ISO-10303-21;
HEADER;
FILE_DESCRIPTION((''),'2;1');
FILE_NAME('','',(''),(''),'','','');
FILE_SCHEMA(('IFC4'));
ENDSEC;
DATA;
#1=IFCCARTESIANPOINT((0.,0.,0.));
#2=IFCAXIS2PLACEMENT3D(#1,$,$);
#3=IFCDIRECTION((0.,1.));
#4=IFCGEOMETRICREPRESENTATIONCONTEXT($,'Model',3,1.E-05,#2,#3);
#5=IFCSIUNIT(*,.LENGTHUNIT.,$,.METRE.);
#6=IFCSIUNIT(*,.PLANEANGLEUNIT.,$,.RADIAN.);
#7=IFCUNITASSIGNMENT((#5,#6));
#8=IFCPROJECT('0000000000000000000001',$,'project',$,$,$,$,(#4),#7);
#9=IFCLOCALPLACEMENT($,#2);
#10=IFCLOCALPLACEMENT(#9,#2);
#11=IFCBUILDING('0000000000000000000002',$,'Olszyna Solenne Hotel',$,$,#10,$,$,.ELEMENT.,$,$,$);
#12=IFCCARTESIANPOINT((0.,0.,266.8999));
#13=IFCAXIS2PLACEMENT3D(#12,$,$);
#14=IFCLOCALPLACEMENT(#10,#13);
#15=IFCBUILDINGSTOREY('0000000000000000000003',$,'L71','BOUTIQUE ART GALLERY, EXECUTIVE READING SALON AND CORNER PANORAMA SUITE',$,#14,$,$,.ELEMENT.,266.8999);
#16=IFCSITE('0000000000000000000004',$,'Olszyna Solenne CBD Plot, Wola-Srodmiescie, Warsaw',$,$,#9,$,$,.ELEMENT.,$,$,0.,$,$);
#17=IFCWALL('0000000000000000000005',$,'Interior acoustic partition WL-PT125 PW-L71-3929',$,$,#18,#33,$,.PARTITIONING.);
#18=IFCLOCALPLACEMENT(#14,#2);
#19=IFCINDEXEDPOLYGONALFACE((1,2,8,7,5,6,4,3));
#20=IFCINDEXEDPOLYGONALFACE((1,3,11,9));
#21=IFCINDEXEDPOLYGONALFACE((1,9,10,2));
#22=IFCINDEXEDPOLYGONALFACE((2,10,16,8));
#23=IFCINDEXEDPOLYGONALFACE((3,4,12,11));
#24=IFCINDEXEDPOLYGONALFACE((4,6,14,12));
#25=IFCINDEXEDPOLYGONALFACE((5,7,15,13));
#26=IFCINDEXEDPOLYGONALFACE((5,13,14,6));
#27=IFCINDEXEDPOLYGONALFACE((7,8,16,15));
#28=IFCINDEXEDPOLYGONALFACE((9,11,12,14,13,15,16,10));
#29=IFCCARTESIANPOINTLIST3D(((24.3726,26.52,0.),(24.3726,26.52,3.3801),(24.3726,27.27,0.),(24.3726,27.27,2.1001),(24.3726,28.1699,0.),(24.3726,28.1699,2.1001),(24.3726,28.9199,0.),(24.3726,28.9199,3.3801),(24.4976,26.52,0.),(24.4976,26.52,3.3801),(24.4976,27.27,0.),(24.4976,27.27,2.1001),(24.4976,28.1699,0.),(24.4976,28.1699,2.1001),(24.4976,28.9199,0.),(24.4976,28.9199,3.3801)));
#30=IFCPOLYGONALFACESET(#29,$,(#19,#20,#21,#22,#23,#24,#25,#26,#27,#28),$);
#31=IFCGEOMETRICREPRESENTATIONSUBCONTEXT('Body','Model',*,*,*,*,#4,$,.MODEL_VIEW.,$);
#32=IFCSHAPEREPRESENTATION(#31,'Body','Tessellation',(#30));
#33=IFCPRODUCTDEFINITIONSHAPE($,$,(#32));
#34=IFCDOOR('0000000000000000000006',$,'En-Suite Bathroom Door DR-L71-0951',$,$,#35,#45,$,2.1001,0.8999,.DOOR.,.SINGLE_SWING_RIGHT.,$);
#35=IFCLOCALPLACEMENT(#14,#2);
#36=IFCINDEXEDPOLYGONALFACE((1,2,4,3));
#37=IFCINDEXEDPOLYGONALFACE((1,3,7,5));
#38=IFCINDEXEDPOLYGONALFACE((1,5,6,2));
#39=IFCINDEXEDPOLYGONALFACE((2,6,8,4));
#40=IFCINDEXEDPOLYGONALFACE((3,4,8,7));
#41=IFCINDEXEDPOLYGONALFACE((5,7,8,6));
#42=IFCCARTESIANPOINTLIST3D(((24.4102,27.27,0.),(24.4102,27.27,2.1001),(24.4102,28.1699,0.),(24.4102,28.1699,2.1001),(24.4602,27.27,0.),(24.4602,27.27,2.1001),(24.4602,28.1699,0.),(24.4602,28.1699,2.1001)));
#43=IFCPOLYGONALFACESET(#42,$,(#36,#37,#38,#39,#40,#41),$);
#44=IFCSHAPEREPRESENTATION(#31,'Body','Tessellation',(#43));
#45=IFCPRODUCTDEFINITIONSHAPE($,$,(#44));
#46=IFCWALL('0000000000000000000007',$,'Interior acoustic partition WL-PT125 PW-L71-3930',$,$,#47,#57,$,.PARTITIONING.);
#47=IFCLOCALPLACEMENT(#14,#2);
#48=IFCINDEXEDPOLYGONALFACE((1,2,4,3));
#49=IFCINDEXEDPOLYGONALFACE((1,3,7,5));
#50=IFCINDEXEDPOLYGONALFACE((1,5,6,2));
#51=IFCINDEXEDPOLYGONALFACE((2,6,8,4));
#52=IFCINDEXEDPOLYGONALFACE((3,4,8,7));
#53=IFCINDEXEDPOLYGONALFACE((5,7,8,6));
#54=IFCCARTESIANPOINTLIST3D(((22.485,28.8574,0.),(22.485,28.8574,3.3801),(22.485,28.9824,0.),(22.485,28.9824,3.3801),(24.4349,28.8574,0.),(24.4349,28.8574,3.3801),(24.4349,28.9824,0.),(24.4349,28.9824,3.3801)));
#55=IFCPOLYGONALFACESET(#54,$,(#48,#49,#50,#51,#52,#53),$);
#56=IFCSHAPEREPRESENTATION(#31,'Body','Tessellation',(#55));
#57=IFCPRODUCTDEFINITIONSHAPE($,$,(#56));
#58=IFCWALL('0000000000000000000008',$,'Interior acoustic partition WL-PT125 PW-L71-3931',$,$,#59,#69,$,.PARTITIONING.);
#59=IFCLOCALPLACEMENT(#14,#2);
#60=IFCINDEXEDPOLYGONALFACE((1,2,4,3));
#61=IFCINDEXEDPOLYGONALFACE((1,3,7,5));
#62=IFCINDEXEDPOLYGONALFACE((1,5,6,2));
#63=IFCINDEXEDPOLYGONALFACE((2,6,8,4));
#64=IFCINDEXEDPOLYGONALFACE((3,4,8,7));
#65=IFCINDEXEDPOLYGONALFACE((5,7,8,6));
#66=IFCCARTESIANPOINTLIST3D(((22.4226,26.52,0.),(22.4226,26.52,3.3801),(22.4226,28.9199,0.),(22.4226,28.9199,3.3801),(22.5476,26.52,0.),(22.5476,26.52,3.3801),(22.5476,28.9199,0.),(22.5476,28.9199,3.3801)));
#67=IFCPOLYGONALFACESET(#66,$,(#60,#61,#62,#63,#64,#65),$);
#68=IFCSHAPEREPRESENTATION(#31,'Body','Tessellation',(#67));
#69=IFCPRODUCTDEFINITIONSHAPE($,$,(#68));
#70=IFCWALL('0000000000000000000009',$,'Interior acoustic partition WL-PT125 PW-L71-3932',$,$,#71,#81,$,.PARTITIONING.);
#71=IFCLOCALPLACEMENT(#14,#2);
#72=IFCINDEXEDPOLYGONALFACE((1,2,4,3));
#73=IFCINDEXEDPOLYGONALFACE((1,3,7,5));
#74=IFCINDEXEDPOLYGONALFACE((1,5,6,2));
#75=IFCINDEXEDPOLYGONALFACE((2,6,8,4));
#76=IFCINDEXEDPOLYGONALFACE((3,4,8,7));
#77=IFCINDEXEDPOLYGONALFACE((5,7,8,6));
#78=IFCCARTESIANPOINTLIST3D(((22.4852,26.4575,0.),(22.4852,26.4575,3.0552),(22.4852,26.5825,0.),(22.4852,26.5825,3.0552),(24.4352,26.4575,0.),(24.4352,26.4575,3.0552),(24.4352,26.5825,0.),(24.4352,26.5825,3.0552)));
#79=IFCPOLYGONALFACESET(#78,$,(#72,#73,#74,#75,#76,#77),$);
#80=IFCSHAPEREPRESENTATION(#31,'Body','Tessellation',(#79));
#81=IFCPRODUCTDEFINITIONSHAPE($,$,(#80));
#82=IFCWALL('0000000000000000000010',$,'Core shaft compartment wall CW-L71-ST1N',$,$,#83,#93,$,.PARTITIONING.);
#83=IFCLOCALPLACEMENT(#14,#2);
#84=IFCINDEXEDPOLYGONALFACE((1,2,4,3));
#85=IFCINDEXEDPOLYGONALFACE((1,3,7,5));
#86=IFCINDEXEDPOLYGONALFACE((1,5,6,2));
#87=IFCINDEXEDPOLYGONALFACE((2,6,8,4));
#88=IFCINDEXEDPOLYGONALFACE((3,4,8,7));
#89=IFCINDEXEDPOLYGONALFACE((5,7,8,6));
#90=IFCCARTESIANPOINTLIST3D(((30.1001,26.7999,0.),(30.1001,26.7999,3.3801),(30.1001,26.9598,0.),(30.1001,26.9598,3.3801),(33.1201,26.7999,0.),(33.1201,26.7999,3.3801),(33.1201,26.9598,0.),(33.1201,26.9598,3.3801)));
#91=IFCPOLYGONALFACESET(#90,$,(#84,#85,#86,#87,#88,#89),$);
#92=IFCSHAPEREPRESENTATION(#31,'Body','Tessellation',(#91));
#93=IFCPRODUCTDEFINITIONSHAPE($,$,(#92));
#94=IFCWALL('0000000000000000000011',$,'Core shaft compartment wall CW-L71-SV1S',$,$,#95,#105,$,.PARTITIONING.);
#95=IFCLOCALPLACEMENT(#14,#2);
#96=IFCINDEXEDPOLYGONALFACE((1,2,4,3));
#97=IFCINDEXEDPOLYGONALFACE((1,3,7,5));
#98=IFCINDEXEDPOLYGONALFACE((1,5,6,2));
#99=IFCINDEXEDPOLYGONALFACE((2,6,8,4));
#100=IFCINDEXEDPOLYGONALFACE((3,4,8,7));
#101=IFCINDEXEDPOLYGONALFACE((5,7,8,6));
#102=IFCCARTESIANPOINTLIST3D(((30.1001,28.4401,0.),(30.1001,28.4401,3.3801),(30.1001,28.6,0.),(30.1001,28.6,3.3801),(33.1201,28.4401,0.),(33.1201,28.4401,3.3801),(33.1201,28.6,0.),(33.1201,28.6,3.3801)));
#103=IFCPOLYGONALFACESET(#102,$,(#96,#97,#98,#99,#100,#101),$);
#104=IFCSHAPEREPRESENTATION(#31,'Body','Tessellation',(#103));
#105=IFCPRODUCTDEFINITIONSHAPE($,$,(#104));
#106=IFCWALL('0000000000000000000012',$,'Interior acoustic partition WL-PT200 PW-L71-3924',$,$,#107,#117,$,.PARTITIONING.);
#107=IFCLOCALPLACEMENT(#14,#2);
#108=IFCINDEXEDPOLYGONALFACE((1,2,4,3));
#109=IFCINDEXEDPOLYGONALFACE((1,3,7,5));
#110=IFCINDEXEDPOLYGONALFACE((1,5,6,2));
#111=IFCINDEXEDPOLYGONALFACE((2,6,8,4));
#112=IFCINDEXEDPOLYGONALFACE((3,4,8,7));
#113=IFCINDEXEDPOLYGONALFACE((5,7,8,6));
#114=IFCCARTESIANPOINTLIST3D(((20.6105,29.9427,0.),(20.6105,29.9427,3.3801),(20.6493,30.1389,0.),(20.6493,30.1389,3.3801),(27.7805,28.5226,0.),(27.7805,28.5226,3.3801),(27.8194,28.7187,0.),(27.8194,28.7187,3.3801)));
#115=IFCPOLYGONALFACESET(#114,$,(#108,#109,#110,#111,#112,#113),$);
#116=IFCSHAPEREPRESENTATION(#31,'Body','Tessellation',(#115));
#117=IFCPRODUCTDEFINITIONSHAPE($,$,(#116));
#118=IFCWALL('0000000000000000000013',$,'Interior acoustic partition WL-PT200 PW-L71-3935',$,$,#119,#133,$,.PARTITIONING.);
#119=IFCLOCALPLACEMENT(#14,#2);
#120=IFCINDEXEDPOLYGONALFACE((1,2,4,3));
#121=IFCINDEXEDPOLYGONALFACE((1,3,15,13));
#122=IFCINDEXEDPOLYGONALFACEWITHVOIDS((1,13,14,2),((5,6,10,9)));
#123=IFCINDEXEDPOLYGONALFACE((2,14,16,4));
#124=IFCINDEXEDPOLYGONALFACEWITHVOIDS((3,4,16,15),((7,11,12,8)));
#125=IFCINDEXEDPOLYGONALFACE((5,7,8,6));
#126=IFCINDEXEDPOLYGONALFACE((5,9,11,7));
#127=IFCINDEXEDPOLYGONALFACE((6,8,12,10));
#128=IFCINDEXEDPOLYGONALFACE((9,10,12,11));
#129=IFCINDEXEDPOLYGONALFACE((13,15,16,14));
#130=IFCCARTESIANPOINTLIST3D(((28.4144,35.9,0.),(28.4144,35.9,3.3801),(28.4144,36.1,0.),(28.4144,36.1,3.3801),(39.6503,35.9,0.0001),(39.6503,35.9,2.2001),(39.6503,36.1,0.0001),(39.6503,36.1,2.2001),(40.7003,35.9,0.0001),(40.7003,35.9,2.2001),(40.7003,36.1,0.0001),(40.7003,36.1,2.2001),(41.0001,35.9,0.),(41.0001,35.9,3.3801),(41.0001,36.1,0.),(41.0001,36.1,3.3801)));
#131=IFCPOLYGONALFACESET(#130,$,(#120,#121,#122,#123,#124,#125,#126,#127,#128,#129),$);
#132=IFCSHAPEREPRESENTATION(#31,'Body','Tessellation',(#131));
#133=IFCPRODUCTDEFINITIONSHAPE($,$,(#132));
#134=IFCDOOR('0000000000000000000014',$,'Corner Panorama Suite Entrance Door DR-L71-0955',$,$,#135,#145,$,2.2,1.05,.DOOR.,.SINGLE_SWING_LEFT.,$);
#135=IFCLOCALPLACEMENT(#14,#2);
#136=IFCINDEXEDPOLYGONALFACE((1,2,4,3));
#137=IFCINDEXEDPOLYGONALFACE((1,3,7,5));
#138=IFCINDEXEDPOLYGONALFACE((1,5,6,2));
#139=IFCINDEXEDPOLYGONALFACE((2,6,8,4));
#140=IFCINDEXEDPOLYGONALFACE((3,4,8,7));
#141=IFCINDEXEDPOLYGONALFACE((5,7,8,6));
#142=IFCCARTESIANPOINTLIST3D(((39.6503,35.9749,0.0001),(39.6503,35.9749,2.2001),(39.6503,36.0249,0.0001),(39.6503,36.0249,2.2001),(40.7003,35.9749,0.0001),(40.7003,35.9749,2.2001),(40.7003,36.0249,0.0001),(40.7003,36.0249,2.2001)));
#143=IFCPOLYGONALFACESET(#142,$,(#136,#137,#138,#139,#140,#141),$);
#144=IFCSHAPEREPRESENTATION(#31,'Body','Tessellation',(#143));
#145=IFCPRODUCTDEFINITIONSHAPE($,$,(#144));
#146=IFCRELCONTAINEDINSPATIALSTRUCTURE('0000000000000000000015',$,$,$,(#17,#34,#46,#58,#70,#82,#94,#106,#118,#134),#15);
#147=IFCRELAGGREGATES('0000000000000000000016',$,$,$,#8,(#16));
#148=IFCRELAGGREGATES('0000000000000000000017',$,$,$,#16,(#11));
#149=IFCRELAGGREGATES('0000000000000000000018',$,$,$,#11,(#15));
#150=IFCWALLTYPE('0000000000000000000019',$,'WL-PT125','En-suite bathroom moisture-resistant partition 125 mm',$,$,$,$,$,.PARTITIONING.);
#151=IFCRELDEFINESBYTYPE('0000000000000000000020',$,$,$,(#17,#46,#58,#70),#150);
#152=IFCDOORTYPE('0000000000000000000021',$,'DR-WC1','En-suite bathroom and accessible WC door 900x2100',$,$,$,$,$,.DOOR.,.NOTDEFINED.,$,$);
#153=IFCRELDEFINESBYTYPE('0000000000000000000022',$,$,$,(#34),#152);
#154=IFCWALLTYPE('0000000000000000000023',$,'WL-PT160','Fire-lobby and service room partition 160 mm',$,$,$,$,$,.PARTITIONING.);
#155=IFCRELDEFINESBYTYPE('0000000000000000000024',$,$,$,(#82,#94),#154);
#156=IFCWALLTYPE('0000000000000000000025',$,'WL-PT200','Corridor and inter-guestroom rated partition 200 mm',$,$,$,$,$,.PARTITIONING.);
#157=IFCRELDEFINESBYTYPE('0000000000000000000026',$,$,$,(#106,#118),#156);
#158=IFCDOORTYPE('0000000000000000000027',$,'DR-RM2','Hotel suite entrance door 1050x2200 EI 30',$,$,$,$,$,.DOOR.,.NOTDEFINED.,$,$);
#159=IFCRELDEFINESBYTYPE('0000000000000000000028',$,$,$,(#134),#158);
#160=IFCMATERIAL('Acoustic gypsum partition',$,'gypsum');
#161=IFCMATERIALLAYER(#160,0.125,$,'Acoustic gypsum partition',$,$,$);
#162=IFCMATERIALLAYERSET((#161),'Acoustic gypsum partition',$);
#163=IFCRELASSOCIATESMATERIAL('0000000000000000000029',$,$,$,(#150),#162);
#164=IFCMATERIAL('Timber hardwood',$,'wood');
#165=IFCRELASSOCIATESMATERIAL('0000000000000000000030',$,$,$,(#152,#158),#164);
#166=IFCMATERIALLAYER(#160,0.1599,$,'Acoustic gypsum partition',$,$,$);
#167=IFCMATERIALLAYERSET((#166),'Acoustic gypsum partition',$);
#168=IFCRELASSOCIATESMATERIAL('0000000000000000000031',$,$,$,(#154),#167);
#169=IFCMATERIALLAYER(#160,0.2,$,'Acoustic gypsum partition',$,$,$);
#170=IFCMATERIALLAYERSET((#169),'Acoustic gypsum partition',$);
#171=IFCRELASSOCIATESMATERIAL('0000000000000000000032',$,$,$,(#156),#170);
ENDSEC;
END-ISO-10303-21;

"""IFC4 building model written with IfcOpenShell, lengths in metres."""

from ifc_helpers import new_model, si_unit, direction, frame, frame_2d, origin, place, context, subcontext, project, spatial, rectangle, extrude, source, transform, mapped, material, layer, layer_set, type_object, type_shapes, element, fill, save


model = new_model("IFC4")

# Units and contexts
model_context = context("Model", 3, precision=1e-05, world=origin(), true_north=direction((0.0, 1.0)))
body_context = subcontext(model_context, "Body", "Model", "MODEL_VIEW")
ifc_project = project(units=[si_unit("LENGTHUNIT", "METRE"), si_unit("PLANEANGLEUNIT", "RADIAN")], contexts=[model_context])

# Site, building, storey
site_placement = place(None, origin())
site = spatial("IfcSite", under=ifc_project, at=site_placement, Name="Olszyna Solenne CBD Plot, Wola-Srodmiescie, Warsaw", CompositionType="ELEMENT", RefElevation=0.0)
building_placement = place(site_placement, origin())
building = spatial("IfcBuilding", under=site, at=building_placement, Name="Olszyna Solenne Hotel", CompositionType="ELEMENT")
storey_placement = place(building_placement, frame((0.0, 0.0, 266.8999)))
storey = spatial("IfcBuildingStorey", under=building, at=storey_placement, Name="L71", Description="BOUTIQUE ART GALLERY, EXECUTIVE READING SALON AND CORNER PANORAMA SUITE", CompositionType="ELEMENT", Elevation=266.8999)

# Wall, opening, door
ifc_material_1 = material(Name="Acoustic gypsum partition", Category="gypsum")
ifc_layer_1 = layer(ifc_material_1, 0.125, Name="Acoustic gypsum partition")
ifc_layer_set_1 = layer_set([ifc_layer_1], Name="Acoustic gypsum partition")
wall_type_1 = type_object("IfcWallType", Name="WL-PT125", Description="En-suite bathroom moisture-resistant partition 125 mm", PredefinedType="PARTITIONING", material=ifc_layer_set_1)
wall_1_placement = place(storey_placement, frame((24.4351, 26.52, 0.0), z_axis=(0.0, 0.0, 1.0), x_axis=(0.0, 1.0, 0.0)))
wall_1 = element("IfcWall", 1, at=wall_1_placement, inside=storey, type_object=wall_type_1, Name="Interior acoustic partition WL-PT125 PW-L71-3929", PredefinedType="PARTITIONING", context=body_context, shape_type="SweptSolid", body=[
    extrude(rectangle(XDim=2.3999, YDim=0.125, at=frame_2d((1.2, 0.0))), origin(), (0.0, 0.0, 1.0), 3.3801),
])
opening_1_placement = place(wall_1_placement, frame((0.75, 0.0, 0.0)))
opening_1 = element("IfcOpeningElement", 2, at=opening_1_placement, cuts=wall_1, PredefinedType="OPENING", context=body_context, shape_type="SweptSolid", body=[
    extrude(rectangle(XDim=0.8999, YDim=2.1001, at=frame_2d((0.45, 1.05))), frame((0.0, 0.0725, 0.0), z_axis=(0.0, -1.0, 0.0), x_axis=(1.0, 0.0, 0.0)), (0.0, 0.0, 1.0), 0.145),
])
ifc_material_2 = material(Name="Timber hardwood", Category="wood")
door_type_1 = type_object("IfcDoorType", Name="DR-WC1", Description="En-suite bathroom and accessible WC door 900x2100", OperationType="NOTDEFINED", PredefinedType="DOOR", material=ifc_material_2)
shared_shape_1 = source(origin(), body_context, "Body", "SweptSolid", [
    extrude(rectangle(XDim=0.8999, YDim=2.1001, at=frame_2d((0.45, 1.05))), frame((0.0, 0.0249, 0.0), z_axis=(0.0, -1.0, 0.0), x_axis=(1.0, 0.0, 0.0)), (0.0, 0.0, 1.0), 0.05),
])
type_shapes(door_type_1, [shared_shape_1])
door_1_placement = place(opening_1_placement, origin())
door_1 = element("IfcDoor", 3, at=door_1_placement, inside=storey, type_object=door_type_1, Name="En-Suite Bathroom Door DR-L71-0951", OperationType="SINGLE_SWING_RIGHT", OverallHeight=2.1001, OverallWidth=0.8999, PredefinedType="DOOR", context=body_context, shape_type="MappedRepresentation", body=[
    mapped(shared_shape_1, transform((0.0, 0.0, 0.0), x_axis=(1.0, 0.0, 0.0), y_axis=(0.0, 1.0, 0.0), z_axis=(0.0, 0.0, 1.0), scale=1.0)),
])
fill(opening_1, door_1)

# Walls
wall_2_placement = place(storey_placement, frame((24.4351, 28.9199, 0.0), z_axis=(0.0, 0.0, 1.0), x_axis=(-1.0, 0.0, 0.0)))
element("IfcWall", 4, at=wall_2_placement, inside=storey, type_object=wall_type_1, Name="Interior acoustic partition WL-PT125 PW-L71-3930", PredefinedType="PARTITIONING", context=body_context, shape_type="SweptSolid", body=[
    extrude(rectangle(XDim=1.95, YDim=0.125, at=frame_2d((0.9751, 0.0))), origin(), (0.0, 0.0, 1.0), 3.3801),
])
wall_3_placement = place(storey_placement, frame((22.4851, 28.9199, 0.0), z_axis=(0.0, 0.0, 1.0), x_axis=(0.0, -1.0, 0.0)))
element("IfcWall", 5, at=wall_3_placement, inside=storey, type_object=wall_type_1, Name="Interior acoustic partition WL-PT125 PW-L71-3931", PredefinedType="PARTITIONING", context=body_context, shape_type="SweptSolid", body=[
    extrude(rectangle(XDim=2.3999, YDim=0.125, at=frame_2d((1.2, 0.0))), origin(), (0.0, 0.0, 1.0), 3.3801),
])
wall_4_placement = place(storey_placement, frame((22.4851, 26.52, 0.0), z_axis=(0.0, 0.0, 1.0), x_axis=(1.0, 0.0, 0.0)))
element("IfcWall", 6, at=wall_4_placement, inside=storey, type_object=wall_type_1, Name="Interior acoustic partition WL-PT125 PW-L71-3932", PredefinedType="PARTITIONING", context=body_context, shape_type="SweptSolid", body=[
    extrude(rectangle(XDim=1.95, YDim=0.125, at=frame_2d((0.9751, 0.0))), origin(), (0.0, 0.0, 1.0), 3.0552),
])
ifc_layer_2 = layer(ifc_material_1, 0.1599, Name="Acoustic gypsum partition")
ifc_layer_set_2 = layer_set([ifc_layer_2], Name="Acoustic gypsum partition")
wall_type_2 = type_object("IfcWallType", Name="WL-PT160", Description="Fire-lobby and service room partition 160 mm", PredefinedType="PARTITIONING", material=ifc_layer_set_2)
for number, where, z_axis, x_axis, name in (
    (7, (30.1001, 26.8799, 0.0), (0.0, 0.0, 1.0), (1.0, 0.0, 0.0), "Core shaft compartment wall CW-L71-ST1N"),
    (8, (30.1001, 28.52, 0.0), (0.0, 0.0, 1.0), (1.0, 0.0, 0.0), "Core shaft compartment wall CW-L71-SV1S"),
):
    element("IfcWall", number, at=place(storey_placement, frame(where, z_axis=z_axis, x_axis=x_axis)), inside=storey, type_object=wall_type_2, Name=name, PredefinedType="PARTITIONING", context=body_context, shape_type="SweptSolid", body=[
        extrude(rectangle(XDim=3.02, YDim=0.1599, at=frame_2d((1.51, 0.0))), origin(), (0.0, 0.0, 1.0), 3.3801),
    ])
ifc_layer_3 = layer(ifc_material_1, 0.2, Name="Acoustic gypsum partition")
ifc_layer_set_3 = layer_set([ifc_layer_3], Name="Acoustic gypsum partition")
wall_type_3 = type_object("IfcWallType", Name="WL-PT200", Description="Corridor and inter-guestroom rated partition 200 mm", PredefinedType="PARTITIONING", material=ifc_layer_set_3)
wall_5_placement = place(storey_placement, frame((27.8, 28.6206, 0.0), z_axis=(0.0, 0.0, 1.0), x_axis=(-0.980943, 0.194298, 0.0)))
element("IfcWall", 9, at=wall_5_placement, inside=storey, type_object=wall_type_3, Name="Interior acoustic partition WL-PT200 PW-L71-3924", PredefinedType="PARTITIONING", context=body_context, shape_type="SweptSolid", body=[
    extrude(rectangle(XDim=7.3093, YDim=0.2, at=frame_2d((3.6548, 0.0))), origin(), (0.0, 0.0, 1.0), 3.3801),
])

# Wall, opening, door
wall_6_placement = place(storey_placement, frame((28.4143, 36.0, 0.0), z_axis=(0.0, 0.0, 1.0), x_axis=(1.0, 0.0, 0.0)))
wall_6 = element("IfcWall", 10, at=wall_6_placement, inside=storey, type_object=wall_type_3, Name="Interior acoustic partition WL-PT200 PW-L71-3935", PredefinedType="PARTITIONING", context=body_context, shape_type="SweptSolid", body=[
    extrude(rectangle(XDim=12.5857, YDim=0.2, at=frame_2d((6.293, 0.0))), origin(), (0.0, 0.0, 1.0), 3.3801),
])
opening_2_placement = place(wall_6_placement, frame((11.2361, 0.0, 0.0)))
opening_2 = element("IfcOpeningElement", 11, at=opening_2_placement, cuts=wall_6, PredefinedType="OPENING", context=body_context, shape_type="SweptSolid", body=[
    extrude(rectangle(XDim=1.05, YDim=2.2, at=frame_2d((0.5249, 1.1001))), frame((0.0, 0.1099, 0.0), z_axis=(0.0, -1.0, 0.0), x_axis=(1.0, 0.0, 0.0)), (0.0, 0.0, 1.0), 0.22),
])
door_type_2 = type_object("IfcDoorType", Name="DR-RM2", Description="Hotel suite entrance door 1050x2200 EI 30", OperationType="NOTDEFINED", PredefinedType="DOOR", material=ifc_material_2)
shared_shape_2 = source(origin(), body_context, "Body", "SweptSolid", [
    extrude(rectangle(XDim=1.05, YDim=2.2, at=frame_2d((0.5249, 1.1001))), frame((0.0, 0.0249, 0.0), z_axis=(0.0, -1.0, 0.0), x_axis=(1.0, 0.0, 0.0)), (0.0, 0.0, 1.0), 0.05),
])
type_shapes(door_type_2, [shared_shape_2])
door_2_placement = place(opening_2_placement, origin())
door_2 = element("IfcDoor", 12, at=door_2_placement, inside=storey, type_object=door_type_2, Name="Corner Panorama Suite Entrance Door DR-L71-0955", OperationType="SINGLE_SWING_LEFT", OverallHeight=2.2, OverallWidth=1.05, PredefinedType="DOOR", context=body_context, shape_type="MappedRepresentation", body=[
    mapped(shared_shape_2, transform((0.0, 0.0, 0.0), x_axis=(1.0, 0.0, 0.0), y_axis=(0.0, 1.0, 0.0), z_axis=(0.0, 0.0, 1.0), scale=1.0)),
])
fill(opening_2, door_2)

save(model, "model.ifc")
